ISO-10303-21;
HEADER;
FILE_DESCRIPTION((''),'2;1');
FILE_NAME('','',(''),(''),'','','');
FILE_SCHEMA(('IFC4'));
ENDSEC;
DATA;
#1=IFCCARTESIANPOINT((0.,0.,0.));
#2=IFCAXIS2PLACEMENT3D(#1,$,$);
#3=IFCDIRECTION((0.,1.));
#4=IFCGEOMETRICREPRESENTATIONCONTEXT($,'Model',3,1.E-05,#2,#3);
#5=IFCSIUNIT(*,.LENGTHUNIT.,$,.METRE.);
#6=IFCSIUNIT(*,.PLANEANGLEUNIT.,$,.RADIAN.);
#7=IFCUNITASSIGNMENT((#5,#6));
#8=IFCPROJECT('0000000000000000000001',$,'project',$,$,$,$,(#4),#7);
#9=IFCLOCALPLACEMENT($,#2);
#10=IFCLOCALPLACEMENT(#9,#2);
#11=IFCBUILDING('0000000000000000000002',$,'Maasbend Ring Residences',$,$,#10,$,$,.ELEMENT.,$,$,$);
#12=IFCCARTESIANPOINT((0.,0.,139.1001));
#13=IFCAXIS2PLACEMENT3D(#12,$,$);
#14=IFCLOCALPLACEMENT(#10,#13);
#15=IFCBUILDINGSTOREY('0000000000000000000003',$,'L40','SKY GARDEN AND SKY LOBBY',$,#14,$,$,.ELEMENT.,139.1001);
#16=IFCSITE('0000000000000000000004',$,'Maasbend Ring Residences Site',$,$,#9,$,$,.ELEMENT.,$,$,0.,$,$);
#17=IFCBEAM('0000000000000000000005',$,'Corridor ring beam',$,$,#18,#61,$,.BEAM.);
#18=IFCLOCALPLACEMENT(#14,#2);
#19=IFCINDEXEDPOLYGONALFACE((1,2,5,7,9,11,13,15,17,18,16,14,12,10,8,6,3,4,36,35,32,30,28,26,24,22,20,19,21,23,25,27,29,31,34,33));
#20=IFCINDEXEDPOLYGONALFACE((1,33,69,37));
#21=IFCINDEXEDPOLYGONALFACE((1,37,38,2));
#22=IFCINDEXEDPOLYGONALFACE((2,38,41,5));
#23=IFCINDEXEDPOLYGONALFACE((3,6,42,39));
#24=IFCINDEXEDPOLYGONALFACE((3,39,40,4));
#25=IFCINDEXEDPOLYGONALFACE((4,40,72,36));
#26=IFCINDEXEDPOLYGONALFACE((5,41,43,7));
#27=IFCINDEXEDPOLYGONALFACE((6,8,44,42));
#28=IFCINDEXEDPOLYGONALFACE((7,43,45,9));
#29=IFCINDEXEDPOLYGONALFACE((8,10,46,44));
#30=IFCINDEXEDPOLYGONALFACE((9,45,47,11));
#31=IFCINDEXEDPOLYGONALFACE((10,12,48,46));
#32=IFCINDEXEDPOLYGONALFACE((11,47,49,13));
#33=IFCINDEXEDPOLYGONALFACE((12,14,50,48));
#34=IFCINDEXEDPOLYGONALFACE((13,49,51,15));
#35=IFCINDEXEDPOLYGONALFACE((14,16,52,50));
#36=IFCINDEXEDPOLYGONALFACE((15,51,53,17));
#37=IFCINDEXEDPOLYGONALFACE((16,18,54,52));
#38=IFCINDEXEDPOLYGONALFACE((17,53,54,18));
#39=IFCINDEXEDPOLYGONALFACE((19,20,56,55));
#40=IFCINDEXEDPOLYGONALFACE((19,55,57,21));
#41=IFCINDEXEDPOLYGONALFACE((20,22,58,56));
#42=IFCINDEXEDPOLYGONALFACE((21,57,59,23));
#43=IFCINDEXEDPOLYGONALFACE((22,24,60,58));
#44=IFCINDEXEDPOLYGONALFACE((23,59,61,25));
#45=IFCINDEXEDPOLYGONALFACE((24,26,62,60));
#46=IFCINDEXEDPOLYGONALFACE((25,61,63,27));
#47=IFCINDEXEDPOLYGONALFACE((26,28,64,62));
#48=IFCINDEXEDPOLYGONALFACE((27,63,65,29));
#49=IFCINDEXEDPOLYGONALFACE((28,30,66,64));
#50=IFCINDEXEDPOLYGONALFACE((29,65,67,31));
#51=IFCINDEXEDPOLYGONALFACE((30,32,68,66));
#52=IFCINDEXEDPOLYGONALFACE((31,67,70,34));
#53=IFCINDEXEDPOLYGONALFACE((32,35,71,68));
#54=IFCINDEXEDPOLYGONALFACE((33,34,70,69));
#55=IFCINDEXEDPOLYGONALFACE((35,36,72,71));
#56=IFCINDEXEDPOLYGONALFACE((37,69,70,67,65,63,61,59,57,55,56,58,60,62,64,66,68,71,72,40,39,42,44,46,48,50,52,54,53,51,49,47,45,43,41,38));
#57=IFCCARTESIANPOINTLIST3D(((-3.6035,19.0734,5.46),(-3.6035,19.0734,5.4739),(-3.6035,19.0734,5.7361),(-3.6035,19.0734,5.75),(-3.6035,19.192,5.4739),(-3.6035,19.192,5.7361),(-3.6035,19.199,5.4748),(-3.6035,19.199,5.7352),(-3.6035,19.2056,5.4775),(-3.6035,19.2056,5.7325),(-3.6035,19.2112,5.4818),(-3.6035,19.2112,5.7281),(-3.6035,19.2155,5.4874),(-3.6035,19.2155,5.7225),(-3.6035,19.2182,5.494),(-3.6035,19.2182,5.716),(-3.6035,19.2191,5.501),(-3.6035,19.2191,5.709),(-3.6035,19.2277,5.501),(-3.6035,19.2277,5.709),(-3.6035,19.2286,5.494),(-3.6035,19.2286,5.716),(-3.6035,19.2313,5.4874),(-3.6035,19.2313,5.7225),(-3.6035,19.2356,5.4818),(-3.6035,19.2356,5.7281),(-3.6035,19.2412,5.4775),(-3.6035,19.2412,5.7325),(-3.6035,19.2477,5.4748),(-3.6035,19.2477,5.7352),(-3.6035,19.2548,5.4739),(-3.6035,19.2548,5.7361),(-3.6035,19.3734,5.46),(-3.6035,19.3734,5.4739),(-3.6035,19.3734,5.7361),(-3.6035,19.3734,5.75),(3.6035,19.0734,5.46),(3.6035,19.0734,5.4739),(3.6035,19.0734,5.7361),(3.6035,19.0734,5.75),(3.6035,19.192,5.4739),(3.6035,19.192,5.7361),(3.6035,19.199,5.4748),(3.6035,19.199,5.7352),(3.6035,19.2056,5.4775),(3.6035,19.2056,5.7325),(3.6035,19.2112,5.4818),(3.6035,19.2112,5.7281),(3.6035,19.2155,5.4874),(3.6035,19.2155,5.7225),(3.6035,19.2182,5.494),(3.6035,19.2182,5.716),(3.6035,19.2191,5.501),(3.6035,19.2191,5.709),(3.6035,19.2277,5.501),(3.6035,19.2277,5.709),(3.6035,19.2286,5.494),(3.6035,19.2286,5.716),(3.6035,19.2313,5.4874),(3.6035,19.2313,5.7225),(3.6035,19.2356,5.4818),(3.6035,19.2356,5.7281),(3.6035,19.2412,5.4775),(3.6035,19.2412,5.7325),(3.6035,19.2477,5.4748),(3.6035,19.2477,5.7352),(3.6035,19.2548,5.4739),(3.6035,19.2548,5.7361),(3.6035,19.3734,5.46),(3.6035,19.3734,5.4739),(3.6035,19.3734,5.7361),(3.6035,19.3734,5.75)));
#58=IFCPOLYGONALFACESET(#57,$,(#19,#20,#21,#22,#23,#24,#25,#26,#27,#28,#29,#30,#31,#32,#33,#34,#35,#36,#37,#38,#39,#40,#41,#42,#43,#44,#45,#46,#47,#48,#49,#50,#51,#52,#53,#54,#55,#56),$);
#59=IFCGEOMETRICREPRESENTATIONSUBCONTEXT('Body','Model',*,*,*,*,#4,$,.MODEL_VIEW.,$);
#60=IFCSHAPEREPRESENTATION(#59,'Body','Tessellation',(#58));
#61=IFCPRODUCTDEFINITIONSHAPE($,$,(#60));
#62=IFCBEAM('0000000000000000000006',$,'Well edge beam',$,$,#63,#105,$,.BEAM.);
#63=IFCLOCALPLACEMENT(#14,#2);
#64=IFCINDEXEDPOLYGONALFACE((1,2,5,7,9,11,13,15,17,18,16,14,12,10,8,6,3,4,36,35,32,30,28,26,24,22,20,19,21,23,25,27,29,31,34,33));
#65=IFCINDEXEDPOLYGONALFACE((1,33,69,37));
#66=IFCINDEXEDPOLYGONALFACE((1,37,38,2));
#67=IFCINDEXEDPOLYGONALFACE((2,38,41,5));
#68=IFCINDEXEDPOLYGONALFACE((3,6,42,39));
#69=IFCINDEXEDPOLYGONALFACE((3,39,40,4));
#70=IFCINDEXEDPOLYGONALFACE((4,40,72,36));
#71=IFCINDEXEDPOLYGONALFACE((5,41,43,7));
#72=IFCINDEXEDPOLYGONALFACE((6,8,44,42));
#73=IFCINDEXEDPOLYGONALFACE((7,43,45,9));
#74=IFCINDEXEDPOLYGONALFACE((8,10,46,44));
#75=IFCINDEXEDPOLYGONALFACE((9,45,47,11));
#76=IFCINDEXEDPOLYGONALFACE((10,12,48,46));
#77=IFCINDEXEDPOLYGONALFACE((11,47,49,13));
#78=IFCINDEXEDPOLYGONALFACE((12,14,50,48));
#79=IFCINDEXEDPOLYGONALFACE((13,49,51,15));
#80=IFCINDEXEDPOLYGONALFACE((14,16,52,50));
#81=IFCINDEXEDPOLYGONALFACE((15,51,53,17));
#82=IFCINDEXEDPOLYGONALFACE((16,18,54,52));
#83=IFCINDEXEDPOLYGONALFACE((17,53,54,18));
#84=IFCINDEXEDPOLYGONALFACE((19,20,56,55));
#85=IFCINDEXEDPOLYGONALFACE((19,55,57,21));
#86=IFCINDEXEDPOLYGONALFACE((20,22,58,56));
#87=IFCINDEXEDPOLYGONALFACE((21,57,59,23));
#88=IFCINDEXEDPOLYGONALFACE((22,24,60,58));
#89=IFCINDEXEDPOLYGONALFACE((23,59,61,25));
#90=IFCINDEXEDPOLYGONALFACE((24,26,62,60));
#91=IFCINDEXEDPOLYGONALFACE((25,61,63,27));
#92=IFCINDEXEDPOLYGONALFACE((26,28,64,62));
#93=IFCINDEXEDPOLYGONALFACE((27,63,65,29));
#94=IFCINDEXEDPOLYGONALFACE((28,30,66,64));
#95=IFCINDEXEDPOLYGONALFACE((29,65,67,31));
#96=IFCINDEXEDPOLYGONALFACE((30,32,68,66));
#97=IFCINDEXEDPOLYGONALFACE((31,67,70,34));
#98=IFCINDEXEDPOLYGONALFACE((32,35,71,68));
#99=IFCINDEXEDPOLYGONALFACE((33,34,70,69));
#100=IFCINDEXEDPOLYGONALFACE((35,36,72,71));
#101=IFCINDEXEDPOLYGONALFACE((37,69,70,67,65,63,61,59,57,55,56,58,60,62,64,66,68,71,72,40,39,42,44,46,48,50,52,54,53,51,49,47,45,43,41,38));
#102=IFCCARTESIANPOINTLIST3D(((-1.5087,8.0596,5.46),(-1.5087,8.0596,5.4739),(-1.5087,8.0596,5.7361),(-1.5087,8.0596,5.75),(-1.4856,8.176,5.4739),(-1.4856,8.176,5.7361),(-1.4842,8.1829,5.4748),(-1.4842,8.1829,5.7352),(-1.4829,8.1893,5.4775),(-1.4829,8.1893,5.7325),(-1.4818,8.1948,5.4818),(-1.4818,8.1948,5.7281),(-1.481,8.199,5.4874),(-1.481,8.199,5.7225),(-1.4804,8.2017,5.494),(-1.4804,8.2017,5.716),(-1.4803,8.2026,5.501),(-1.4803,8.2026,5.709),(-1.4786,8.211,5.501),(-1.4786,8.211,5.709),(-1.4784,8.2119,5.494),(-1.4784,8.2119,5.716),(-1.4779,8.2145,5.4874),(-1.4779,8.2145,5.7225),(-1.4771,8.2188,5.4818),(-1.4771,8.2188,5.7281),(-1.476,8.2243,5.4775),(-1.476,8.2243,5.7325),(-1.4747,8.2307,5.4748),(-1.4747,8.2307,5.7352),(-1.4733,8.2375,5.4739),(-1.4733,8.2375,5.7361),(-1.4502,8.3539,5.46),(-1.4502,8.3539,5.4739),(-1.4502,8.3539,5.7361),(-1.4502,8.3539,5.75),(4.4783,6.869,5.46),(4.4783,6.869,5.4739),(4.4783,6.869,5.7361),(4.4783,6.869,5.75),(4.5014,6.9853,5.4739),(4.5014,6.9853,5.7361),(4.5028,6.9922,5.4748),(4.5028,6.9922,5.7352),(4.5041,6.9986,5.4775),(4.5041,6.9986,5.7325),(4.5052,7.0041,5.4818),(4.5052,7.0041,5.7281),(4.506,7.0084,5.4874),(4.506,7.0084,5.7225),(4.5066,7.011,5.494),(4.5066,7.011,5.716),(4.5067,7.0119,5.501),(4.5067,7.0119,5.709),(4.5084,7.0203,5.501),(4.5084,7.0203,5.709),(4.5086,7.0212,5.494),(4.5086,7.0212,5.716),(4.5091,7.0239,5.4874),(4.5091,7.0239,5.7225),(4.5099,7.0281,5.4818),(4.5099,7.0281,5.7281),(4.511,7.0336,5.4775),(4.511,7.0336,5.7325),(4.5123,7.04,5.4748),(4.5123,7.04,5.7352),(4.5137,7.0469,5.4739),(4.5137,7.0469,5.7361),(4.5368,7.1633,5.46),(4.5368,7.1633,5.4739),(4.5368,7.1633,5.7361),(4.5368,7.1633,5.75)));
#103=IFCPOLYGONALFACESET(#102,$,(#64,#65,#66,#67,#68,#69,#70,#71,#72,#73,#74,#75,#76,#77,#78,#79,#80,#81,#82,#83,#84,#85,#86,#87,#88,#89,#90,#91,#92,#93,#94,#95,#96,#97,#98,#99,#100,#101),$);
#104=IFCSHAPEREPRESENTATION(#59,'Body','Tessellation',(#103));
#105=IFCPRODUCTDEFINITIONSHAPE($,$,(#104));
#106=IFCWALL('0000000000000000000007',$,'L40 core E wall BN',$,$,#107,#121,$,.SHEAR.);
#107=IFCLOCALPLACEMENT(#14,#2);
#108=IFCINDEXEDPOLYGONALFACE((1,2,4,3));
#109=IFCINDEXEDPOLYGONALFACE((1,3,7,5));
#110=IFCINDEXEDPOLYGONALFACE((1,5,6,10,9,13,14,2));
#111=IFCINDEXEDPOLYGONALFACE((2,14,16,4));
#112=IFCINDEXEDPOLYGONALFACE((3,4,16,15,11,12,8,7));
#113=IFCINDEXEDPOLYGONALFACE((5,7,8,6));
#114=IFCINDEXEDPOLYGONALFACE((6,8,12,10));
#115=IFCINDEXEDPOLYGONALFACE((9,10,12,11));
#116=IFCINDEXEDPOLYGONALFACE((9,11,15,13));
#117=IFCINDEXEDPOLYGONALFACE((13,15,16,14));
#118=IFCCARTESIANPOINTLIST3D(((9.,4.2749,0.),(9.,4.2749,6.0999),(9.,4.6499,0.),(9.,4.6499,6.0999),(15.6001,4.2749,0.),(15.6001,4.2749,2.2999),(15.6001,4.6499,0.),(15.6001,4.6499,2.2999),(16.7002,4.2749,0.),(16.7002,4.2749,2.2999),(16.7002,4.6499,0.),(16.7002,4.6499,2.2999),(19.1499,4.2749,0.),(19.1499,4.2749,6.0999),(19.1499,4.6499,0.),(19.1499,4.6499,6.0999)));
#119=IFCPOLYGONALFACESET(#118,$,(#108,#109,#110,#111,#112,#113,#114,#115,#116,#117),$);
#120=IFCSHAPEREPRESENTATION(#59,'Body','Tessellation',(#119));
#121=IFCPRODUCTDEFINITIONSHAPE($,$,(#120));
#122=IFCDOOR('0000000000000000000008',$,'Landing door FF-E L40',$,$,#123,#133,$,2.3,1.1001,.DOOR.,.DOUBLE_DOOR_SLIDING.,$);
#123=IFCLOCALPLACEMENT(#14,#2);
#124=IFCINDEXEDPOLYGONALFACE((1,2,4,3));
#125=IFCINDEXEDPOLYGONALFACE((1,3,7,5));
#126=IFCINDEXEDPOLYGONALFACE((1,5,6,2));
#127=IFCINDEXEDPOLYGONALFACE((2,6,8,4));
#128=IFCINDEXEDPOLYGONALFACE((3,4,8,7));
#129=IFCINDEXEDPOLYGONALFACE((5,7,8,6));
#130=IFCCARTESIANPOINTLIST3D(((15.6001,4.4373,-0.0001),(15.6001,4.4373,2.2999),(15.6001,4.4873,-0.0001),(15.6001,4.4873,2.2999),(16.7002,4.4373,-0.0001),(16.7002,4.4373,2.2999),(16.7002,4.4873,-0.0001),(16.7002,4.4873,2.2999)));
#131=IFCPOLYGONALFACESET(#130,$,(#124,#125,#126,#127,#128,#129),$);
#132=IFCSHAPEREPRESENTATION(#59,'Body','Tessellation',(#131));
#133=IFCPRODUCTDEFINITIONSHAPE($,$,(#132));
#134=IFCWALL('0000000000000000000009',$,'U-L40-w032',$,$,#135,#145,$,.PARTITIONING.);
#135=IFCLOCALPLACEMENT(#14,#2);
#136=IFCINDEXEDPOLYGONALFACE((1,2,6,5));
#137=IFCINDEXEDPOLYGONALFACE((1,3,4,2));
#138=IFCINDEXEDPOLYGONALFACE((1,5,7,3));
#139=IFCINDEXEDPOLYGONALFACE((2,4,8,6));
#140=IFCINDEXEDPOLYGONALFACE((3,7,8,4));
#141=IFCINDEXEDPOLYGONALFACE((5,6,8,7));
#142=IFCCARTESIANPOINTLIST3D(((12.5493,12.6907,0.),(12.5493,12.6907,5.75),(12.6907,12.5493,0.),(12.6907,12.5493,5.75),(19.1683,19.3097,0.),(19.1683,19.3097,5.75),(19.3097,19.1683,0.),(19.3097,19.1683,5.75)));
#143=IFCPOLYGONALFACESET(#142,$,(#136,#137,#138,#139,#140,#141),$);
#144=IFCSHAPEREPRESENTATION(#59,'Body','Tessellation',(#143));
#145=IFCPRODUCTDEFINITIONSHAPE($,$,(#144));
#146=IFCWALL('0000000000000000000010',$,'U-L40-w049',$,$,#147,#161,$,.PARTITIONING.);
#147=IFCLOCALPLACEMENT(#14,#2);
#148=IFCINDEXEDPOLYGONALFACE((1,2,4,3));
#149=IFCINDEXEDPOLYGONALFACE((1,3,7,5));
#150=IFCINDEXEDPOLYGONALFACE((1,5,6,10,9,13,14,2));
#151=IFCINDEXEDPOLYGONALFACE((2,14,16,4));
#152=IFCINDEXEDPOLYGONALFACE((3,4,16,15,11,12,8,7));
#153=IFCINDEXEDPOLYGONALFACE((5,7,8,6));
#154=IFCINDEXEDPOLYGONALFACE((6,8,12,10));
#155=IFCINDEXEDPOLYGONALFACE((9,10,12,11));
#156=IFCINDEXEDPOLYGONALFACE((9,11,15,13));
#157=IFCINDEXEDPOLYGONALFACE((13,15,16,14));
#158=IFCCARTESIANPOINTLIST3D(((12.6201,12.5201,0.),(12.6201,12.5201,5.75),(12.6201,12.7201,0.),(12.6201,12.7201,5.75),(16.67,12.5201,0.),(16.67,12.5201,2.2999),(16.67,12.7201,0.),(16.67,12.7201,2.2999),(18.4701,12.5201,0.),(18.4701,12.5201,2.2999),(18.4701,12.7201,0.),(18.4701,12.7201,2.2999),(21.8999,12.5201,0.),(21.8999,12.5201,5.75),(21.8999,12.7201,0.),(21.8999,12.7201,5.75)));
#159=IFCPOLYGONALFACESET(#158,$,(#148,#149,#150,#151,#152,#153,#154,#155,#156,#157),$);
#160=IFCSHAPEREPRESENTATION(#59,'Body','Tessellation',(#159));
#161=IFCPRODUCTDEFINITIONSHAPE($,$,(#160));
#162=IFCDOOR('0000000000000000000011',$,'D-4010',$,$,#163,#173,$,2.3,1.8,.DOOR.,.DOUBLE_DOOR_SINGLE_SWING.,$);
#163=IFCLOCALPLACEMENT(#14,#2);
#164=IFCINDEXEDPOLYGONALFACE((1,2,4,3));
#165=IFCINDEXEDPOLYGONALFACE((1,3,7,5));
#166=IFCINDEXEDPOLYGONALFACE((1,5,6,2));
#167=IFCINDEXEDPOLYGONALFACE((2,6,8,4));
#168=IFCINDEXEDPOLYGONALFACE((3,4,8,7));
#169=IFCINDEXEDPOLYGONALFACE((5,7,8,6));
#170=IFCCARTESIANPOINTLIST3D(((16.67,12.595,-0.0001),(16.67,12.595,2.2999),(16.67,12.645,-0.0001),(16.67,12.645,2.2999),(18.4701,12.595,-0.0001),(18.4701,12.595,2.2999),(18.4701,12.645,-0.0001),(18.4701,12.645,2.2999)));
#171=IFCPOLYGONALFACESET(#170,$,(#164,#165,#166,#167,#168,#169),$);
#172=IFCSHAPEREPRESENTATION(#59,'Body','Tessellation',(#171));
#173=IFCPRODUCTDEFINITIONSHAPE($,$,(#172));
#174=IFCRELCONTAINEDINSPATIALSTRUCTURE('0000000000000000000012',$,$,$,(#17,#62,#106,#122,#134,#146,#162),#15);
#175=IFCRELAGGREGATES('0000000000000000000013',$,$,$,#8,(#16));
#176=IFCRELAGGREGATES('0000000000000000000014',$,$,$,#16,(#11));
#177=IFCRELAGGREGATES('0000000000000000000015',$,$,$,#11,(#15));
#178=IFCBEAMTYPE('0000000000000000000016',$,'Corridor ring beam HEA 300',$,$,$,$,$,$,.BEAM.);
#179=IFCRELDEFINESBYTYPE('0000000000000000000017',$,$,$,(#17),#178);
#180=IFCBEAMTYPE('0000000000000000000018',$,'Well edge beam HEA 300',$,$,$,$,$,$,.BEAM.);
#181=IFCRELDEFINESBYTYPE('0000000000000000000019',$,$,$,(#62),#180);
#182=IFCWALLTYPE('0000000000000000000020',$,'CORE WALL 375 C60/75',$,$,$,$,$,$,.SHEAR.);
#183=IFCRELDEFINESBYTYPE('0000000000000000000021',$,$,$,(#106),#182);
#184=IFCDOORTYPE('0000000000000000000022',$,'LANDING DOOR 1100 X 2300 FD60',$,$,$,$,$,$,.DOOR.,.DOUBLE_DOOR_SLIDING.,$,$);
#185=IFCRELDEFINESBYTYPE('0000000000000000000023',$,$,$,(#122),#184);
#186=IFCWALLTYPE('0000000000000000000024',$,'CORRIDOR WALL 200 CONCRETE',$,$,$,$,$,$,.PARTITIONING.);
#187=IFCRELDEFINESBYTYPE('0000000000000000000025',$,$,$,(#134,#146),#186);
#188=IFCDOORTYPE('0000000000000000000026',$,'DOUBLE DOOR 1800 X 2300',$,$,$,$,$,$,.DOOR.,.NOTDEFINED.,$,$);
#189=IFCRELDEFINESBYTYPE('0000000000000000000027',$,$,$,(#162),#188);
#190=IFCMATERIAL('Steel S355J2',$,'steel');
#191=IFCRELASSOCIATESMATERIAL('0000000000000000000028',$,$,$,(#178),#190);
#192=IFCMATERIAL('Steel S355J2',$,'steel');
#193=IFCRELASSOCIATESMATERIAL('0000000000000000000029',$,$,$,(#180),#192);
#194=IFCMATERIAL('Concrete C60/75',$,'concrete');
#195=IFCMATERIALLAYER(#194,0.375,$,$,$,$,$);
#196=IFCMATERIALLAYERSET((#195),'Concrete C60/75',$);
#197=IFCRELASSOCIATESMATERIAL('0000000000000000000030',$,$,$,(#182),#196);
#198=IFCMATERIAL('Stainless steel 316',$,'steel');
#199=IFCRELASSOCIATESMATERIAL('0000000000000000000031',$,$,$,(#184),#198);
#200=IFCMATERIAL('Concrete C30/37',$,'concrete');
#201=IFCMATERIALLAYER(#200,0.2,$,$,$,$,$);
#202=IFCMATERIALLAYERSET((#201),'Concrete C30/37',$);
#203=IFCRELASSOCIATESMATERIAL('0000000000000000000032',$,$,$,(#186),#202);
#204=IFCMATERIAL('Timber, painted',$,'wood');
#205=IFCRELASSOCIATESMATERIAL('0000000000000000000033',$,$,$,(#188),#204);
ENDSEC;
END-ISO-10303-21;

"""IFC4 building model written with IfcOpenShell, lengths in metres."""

from ifc_helpers import new_model, si_unit, direction, frame, frame_2d, origin, origin_2d, place, context, subcontext, project, spatial, rectangle, i_section, extrude, material, layer, layer_set, material_profile, profile_set, type_object, element, fill, save


model = new_model("IFC4")

# Units and contexts
model_context = context("Model", 3, precision=1e-05, world=origin(), true_north=direction((0.0, 1.0)))
body_context = subcontext(model_context, "Body", "Model", "MODEL_VIEW")
ifc_project = project(units=[si_unit("LENGTHUNIT", "METRE"), si_unit("PLANEANGLEUNIT", "RADIAN")], contexts=[model_context])

# Site, building, storey
site_placement = place(None, origin())
site = spatial("IfcSite", under=ifc_project, at=site_placement, Name="Maasbend Ring Residences Site", CompositionType="ELEMENT", RefElevation=0.0)
building_placement = place(site_placement, origin())
building = spatial("IfcBuilding", under=site, at=building_placement, Name="Maasbend Ring Residences", CompositionType="ELEMENT")
storey_placement = place(building_placement, frame((0.0, 0.0, 139.1001)))
storey = spatial("IfcBuildingStorey", under=building, at=storey_placement, Name="L40", Description="SKY GARDEN AND SKY LOBBY", CompositionType="ELEMENT", Elevation=139.1001)

# Beams
ifc_material_1 = material(Name="Steel S355J2", Category="steel")
ifc_material_profile_1 = material_profile(ifc_material_1, i_section(OverallWidth=0.3, OverallDepth=0.29, WebThickness=0.0085, FlangeThickness=0.0139, FilletRadius=0.0271, at=origin_2d()), Name="HEA 300")
ifc_profile_set_1 = profile_set([ifc_material_profile_1], Name="Steel S355J2")
beam_type_1 = type_object("IfcBeamType", Name="Corridor ring beam HEA 300", PredefinedType="BEAM", material=ifc_profile_set_1)
for number, where, z_axis, x_axis, name in (
    (1, (3.6035, 19.2234, 5.605), (-1.0, 0.0, 0.0), (0.0, -1.0, 0.0), "Corridor ring beam"),
):
    element("IfcBeam", number, at=place(storey_placement, frame(where, z_axis=z_axis, x_axis=x_axis)), inside=storey, type_object=beam_type_1, Name=name, PredefinedType="BEAM", context=body_context, shape_type="SweptSolid", body=[
        extrude(i_section(OverallWidth=0.3, OverallDepth=0.29, WebThickness=0.0085, FlangeThickness=0.0139, FilletRadius=0.0271, at=origin_2d()), origin(), (0.0, 0.0, 1.0), 7.207),
    ])
ifc_material_2 = material(Name="Steel S355J2", Category="steel")
ifc_material_profile_2 = material_profile(ifc_material_2, i_section(OverallWidth=0.3, OverallDepth=0.29, WebThickness=0.0085, FlangeThickness=0.0139, FilletRadius=0.0271, at=origin_2d()), Name="HEA 300")
ifc_profile_set_2 = profile_set([ifc_material_profile_2], Name="Steel S355J2")
beam_type_2 = type_object("IfcBeamType", Name="Well edge beam HEA 300", PredefinedType="BEAM", material=ifc_profile_set_2)
beam_1_placement = place(storey_placement, frame((4.5076, 7.0161, 5.605), z_axis=(-0.980792, 0.195055, 0.0), x_axis=(-0.195055, -0.980792, 0.0)))
element("IfcBeam", 2, at=beam_1_placement, inside=storey, type_object=beam_type_2, Name="Well edge beam", PredefinedType="BEAM", context=body_context, shape_type="SweptSolid", body=[
    extrude(i_section(OverallWidth=0.3, OverallDepth=0.29, WebThickness=0.0085, FlangeThickness=0.0139, FilletRadius=0.0271, at=origin_2d()), origin(), (0.0, 0.0, 1.0), 6.1042),
])

# Wall, opening, door
ifc_material_3 = material(Name="Concrete C60/75", Category="concrete")
ifc_layer_1 = layer(ifc_material_3, 0.375)
ifc_layer_set_1 = layer_set([ifc_layer_1], Name="Concrete C60/75")
wall_type_1 = type_object("IfcWallType", Name="CORE WALL 375 C60/75", PredefinedType="SHEAR", material=ifc_layer_set_1)
wall_1_placement = place(storey_placement, frame((9.0, 4.4624, 0.0), z_axis=(0.0, 0.0, 1.0), x_axis=(1.0, 0.0, 0.0)))
wall_1 = element("IfcWall", 3, at=wall_1_placement, inside=storey, type_object=wall_type_1, Name="L40 core E wall BN", PredefinedType="SHEAR", context=body_context, shape_type="SweptSolid", body=[
    extrude(rectangle(XDim=10.1499, YDim=0.375, at=frame_2d((5.075, 0.0))), origin(), (0.0, 0.0, 1.0), 6.0999),
])
opening_1_placement = place(wall_1_placement, frame((6.6001, 0.0, 0.0)))
opening_1 = element("IfcOpeningElement", 4, at=opening_1_placement, cuts=wall_1, PredefinedType="OPENING", context=body_context, shape_type="SweptSolid", body=[
    extrude(rectangle(XDim=1.1001, YDim=2.3, at=frame_2d((0.55, 1.1499))), frame((0.0, 0.1975, 0.0), z_axis=(0.0, -1.0, 0.0), x_axis=(1.0, 0.0, 0.0)), (0.0, 0.0, 1.0), 0.395),
])
ifc_material_4 = material(Name="Stainless steel 316", Category="steel")
door_type_1 = type_object("IfcDoorType", Name="LANDING DOOR 1100 X 2300 FD60", OperationType="DOUBLE_DOOR_SLIDING", PredefinedType="DOOR", material=ifc_material_4)
door_1_placement = place(opening_1_placement, origin())
door_1 = element("IfcDoor", 5, at=door_1_placement, inside=storey, type_object=door_type_1, Name="Landing door FF-E L40", OperationType="DOUBLE_DOOR_SLIDING", OverallHeight=2.3, OverallWidth=1.1001, PredefinedType="DOOR", context=body_context, shape_type="SweptSolid", body=[
    extrude(rectangle(XDim=1.1001, YDim=2.3, at=frame_2d((0.55, 1.1499))), frame((0.0, 0.0249, 0.0), z_axis=(0.0, -1.0, 0.0), x_axis=(1.0, 0.0, 0.0)), (0.0, 0.0, 1.0), 0.05),
])
fill(opening_1, door_1)

# Wall
ifc_material_5 = material(Name="Concrete C30/37", Category="concrete")
ifc_layer_2 = layer(ifc_material_5, 0.2)
ifc_layer_set_2 = layer_set([ifc_layer_2], Name="Concrete C30/37")
wall_type_2 = type_object("IfcWallType", Name="CORRIDOR WALL 200 CONCRETE", PredefinedType="PARTITIONING", material=ifc_layer_set_2)
wall_2_placement = place(storey_placement, frame((12.6201, 12.6201, 0.0), z_axis=(0.0, 0.0, 1.0), x_axis=(0.707107, 0.707107, 0.0)))
element("IfcWall", 6, at=wall_2_placement, inside=storey, type_object=wall_type_2, Name="U-L40-w032", PredefinedType="PARTITIONING", context=body_context, shape_type="SweptSolid", body=[
    extrude(rectangle(XDim=9.3606, YDim=0.2, at=frame_2d((4.6802, 0.0))), origin(), (0.0, 0.0, 1.0), 5.75),
])

# Wall, opening, door
wall_3_placement = place(storey_placement, frame((12.6201, 12.6201, 0.0), z_axis=(0.0, 0.0, 1.0), x_axis=(1.0, 0.0, 0.0)))
wall_3 = element("IfcWall", 7, at=wall_3_placement, inside=storey, type_object=wall_type_2, Name="U-L40-w049", PredefinedType="PARTITIONING", context=body_context, shape_type="SweptSolid", body=[
    extrude(rectangle(XDim=9.2798, YDim=0.2, at=frame_2d((4.6399, 0.0))), origin(), (0.0, 0.0, 1.0), 5.75),
])
opening_2_placement = place(wall_3_placement, frame((4.05, 0.0, 0.0)))
opening_2 = element("IfcOpeningElement", 8, at=opening_2_placement, cuts=wall_3, PredefinedType="OPENING", context=body_context, shape_type="SweptSolid", body=[
    extrude(rectangle(XDim=1.8, YDim=2.3, at=frame_2d((0.8999, 1.1499))), frame((0.0, 0.1099, 0.0), z_axis=(0.0, -1.0, 0.0), x_axis=(1.0, 0.0, 0.0)), (0.0, 0.0, 1.0), 0.22),
])
ifc_material_6 = material(Name="Timber, painted", Category="wood")
door_type_2 = type_object("IfcDoorType", Name="DOUBLE DOOR 1800 X 2300", OperationType="NOTDEFINED", PredefinedType="DOOR", material=ifc_material_6)
door_2_placement = place(opening_2_placement, origin())
door_2 = element("IfcDoor", 9, at=door_2_placement, inside=storey, type_object=door_type_2, Name="D-4010", OperationType="DOUBLE_DOOR_SINGLE_SWING", OverallHeight=2.3, OverallWidth=1.8, PredefinedType="DOOR", context=body_context, shape_type="SweptSolid", body=[
    extrude(rectangle(XDim=1.8, YDim=2.3, at=frame_2d((0.8999, 1.1499))), frame((0.0, 0.0249, 0.0), z_axis=(0.0, -1.0, 0.0), x_axis=(1.0, 0.0, 0.0)), (0.0, 0.0, 1.0), 0.05),
])
fill(opening_2, door_2)

save(model, "model.ifc")
